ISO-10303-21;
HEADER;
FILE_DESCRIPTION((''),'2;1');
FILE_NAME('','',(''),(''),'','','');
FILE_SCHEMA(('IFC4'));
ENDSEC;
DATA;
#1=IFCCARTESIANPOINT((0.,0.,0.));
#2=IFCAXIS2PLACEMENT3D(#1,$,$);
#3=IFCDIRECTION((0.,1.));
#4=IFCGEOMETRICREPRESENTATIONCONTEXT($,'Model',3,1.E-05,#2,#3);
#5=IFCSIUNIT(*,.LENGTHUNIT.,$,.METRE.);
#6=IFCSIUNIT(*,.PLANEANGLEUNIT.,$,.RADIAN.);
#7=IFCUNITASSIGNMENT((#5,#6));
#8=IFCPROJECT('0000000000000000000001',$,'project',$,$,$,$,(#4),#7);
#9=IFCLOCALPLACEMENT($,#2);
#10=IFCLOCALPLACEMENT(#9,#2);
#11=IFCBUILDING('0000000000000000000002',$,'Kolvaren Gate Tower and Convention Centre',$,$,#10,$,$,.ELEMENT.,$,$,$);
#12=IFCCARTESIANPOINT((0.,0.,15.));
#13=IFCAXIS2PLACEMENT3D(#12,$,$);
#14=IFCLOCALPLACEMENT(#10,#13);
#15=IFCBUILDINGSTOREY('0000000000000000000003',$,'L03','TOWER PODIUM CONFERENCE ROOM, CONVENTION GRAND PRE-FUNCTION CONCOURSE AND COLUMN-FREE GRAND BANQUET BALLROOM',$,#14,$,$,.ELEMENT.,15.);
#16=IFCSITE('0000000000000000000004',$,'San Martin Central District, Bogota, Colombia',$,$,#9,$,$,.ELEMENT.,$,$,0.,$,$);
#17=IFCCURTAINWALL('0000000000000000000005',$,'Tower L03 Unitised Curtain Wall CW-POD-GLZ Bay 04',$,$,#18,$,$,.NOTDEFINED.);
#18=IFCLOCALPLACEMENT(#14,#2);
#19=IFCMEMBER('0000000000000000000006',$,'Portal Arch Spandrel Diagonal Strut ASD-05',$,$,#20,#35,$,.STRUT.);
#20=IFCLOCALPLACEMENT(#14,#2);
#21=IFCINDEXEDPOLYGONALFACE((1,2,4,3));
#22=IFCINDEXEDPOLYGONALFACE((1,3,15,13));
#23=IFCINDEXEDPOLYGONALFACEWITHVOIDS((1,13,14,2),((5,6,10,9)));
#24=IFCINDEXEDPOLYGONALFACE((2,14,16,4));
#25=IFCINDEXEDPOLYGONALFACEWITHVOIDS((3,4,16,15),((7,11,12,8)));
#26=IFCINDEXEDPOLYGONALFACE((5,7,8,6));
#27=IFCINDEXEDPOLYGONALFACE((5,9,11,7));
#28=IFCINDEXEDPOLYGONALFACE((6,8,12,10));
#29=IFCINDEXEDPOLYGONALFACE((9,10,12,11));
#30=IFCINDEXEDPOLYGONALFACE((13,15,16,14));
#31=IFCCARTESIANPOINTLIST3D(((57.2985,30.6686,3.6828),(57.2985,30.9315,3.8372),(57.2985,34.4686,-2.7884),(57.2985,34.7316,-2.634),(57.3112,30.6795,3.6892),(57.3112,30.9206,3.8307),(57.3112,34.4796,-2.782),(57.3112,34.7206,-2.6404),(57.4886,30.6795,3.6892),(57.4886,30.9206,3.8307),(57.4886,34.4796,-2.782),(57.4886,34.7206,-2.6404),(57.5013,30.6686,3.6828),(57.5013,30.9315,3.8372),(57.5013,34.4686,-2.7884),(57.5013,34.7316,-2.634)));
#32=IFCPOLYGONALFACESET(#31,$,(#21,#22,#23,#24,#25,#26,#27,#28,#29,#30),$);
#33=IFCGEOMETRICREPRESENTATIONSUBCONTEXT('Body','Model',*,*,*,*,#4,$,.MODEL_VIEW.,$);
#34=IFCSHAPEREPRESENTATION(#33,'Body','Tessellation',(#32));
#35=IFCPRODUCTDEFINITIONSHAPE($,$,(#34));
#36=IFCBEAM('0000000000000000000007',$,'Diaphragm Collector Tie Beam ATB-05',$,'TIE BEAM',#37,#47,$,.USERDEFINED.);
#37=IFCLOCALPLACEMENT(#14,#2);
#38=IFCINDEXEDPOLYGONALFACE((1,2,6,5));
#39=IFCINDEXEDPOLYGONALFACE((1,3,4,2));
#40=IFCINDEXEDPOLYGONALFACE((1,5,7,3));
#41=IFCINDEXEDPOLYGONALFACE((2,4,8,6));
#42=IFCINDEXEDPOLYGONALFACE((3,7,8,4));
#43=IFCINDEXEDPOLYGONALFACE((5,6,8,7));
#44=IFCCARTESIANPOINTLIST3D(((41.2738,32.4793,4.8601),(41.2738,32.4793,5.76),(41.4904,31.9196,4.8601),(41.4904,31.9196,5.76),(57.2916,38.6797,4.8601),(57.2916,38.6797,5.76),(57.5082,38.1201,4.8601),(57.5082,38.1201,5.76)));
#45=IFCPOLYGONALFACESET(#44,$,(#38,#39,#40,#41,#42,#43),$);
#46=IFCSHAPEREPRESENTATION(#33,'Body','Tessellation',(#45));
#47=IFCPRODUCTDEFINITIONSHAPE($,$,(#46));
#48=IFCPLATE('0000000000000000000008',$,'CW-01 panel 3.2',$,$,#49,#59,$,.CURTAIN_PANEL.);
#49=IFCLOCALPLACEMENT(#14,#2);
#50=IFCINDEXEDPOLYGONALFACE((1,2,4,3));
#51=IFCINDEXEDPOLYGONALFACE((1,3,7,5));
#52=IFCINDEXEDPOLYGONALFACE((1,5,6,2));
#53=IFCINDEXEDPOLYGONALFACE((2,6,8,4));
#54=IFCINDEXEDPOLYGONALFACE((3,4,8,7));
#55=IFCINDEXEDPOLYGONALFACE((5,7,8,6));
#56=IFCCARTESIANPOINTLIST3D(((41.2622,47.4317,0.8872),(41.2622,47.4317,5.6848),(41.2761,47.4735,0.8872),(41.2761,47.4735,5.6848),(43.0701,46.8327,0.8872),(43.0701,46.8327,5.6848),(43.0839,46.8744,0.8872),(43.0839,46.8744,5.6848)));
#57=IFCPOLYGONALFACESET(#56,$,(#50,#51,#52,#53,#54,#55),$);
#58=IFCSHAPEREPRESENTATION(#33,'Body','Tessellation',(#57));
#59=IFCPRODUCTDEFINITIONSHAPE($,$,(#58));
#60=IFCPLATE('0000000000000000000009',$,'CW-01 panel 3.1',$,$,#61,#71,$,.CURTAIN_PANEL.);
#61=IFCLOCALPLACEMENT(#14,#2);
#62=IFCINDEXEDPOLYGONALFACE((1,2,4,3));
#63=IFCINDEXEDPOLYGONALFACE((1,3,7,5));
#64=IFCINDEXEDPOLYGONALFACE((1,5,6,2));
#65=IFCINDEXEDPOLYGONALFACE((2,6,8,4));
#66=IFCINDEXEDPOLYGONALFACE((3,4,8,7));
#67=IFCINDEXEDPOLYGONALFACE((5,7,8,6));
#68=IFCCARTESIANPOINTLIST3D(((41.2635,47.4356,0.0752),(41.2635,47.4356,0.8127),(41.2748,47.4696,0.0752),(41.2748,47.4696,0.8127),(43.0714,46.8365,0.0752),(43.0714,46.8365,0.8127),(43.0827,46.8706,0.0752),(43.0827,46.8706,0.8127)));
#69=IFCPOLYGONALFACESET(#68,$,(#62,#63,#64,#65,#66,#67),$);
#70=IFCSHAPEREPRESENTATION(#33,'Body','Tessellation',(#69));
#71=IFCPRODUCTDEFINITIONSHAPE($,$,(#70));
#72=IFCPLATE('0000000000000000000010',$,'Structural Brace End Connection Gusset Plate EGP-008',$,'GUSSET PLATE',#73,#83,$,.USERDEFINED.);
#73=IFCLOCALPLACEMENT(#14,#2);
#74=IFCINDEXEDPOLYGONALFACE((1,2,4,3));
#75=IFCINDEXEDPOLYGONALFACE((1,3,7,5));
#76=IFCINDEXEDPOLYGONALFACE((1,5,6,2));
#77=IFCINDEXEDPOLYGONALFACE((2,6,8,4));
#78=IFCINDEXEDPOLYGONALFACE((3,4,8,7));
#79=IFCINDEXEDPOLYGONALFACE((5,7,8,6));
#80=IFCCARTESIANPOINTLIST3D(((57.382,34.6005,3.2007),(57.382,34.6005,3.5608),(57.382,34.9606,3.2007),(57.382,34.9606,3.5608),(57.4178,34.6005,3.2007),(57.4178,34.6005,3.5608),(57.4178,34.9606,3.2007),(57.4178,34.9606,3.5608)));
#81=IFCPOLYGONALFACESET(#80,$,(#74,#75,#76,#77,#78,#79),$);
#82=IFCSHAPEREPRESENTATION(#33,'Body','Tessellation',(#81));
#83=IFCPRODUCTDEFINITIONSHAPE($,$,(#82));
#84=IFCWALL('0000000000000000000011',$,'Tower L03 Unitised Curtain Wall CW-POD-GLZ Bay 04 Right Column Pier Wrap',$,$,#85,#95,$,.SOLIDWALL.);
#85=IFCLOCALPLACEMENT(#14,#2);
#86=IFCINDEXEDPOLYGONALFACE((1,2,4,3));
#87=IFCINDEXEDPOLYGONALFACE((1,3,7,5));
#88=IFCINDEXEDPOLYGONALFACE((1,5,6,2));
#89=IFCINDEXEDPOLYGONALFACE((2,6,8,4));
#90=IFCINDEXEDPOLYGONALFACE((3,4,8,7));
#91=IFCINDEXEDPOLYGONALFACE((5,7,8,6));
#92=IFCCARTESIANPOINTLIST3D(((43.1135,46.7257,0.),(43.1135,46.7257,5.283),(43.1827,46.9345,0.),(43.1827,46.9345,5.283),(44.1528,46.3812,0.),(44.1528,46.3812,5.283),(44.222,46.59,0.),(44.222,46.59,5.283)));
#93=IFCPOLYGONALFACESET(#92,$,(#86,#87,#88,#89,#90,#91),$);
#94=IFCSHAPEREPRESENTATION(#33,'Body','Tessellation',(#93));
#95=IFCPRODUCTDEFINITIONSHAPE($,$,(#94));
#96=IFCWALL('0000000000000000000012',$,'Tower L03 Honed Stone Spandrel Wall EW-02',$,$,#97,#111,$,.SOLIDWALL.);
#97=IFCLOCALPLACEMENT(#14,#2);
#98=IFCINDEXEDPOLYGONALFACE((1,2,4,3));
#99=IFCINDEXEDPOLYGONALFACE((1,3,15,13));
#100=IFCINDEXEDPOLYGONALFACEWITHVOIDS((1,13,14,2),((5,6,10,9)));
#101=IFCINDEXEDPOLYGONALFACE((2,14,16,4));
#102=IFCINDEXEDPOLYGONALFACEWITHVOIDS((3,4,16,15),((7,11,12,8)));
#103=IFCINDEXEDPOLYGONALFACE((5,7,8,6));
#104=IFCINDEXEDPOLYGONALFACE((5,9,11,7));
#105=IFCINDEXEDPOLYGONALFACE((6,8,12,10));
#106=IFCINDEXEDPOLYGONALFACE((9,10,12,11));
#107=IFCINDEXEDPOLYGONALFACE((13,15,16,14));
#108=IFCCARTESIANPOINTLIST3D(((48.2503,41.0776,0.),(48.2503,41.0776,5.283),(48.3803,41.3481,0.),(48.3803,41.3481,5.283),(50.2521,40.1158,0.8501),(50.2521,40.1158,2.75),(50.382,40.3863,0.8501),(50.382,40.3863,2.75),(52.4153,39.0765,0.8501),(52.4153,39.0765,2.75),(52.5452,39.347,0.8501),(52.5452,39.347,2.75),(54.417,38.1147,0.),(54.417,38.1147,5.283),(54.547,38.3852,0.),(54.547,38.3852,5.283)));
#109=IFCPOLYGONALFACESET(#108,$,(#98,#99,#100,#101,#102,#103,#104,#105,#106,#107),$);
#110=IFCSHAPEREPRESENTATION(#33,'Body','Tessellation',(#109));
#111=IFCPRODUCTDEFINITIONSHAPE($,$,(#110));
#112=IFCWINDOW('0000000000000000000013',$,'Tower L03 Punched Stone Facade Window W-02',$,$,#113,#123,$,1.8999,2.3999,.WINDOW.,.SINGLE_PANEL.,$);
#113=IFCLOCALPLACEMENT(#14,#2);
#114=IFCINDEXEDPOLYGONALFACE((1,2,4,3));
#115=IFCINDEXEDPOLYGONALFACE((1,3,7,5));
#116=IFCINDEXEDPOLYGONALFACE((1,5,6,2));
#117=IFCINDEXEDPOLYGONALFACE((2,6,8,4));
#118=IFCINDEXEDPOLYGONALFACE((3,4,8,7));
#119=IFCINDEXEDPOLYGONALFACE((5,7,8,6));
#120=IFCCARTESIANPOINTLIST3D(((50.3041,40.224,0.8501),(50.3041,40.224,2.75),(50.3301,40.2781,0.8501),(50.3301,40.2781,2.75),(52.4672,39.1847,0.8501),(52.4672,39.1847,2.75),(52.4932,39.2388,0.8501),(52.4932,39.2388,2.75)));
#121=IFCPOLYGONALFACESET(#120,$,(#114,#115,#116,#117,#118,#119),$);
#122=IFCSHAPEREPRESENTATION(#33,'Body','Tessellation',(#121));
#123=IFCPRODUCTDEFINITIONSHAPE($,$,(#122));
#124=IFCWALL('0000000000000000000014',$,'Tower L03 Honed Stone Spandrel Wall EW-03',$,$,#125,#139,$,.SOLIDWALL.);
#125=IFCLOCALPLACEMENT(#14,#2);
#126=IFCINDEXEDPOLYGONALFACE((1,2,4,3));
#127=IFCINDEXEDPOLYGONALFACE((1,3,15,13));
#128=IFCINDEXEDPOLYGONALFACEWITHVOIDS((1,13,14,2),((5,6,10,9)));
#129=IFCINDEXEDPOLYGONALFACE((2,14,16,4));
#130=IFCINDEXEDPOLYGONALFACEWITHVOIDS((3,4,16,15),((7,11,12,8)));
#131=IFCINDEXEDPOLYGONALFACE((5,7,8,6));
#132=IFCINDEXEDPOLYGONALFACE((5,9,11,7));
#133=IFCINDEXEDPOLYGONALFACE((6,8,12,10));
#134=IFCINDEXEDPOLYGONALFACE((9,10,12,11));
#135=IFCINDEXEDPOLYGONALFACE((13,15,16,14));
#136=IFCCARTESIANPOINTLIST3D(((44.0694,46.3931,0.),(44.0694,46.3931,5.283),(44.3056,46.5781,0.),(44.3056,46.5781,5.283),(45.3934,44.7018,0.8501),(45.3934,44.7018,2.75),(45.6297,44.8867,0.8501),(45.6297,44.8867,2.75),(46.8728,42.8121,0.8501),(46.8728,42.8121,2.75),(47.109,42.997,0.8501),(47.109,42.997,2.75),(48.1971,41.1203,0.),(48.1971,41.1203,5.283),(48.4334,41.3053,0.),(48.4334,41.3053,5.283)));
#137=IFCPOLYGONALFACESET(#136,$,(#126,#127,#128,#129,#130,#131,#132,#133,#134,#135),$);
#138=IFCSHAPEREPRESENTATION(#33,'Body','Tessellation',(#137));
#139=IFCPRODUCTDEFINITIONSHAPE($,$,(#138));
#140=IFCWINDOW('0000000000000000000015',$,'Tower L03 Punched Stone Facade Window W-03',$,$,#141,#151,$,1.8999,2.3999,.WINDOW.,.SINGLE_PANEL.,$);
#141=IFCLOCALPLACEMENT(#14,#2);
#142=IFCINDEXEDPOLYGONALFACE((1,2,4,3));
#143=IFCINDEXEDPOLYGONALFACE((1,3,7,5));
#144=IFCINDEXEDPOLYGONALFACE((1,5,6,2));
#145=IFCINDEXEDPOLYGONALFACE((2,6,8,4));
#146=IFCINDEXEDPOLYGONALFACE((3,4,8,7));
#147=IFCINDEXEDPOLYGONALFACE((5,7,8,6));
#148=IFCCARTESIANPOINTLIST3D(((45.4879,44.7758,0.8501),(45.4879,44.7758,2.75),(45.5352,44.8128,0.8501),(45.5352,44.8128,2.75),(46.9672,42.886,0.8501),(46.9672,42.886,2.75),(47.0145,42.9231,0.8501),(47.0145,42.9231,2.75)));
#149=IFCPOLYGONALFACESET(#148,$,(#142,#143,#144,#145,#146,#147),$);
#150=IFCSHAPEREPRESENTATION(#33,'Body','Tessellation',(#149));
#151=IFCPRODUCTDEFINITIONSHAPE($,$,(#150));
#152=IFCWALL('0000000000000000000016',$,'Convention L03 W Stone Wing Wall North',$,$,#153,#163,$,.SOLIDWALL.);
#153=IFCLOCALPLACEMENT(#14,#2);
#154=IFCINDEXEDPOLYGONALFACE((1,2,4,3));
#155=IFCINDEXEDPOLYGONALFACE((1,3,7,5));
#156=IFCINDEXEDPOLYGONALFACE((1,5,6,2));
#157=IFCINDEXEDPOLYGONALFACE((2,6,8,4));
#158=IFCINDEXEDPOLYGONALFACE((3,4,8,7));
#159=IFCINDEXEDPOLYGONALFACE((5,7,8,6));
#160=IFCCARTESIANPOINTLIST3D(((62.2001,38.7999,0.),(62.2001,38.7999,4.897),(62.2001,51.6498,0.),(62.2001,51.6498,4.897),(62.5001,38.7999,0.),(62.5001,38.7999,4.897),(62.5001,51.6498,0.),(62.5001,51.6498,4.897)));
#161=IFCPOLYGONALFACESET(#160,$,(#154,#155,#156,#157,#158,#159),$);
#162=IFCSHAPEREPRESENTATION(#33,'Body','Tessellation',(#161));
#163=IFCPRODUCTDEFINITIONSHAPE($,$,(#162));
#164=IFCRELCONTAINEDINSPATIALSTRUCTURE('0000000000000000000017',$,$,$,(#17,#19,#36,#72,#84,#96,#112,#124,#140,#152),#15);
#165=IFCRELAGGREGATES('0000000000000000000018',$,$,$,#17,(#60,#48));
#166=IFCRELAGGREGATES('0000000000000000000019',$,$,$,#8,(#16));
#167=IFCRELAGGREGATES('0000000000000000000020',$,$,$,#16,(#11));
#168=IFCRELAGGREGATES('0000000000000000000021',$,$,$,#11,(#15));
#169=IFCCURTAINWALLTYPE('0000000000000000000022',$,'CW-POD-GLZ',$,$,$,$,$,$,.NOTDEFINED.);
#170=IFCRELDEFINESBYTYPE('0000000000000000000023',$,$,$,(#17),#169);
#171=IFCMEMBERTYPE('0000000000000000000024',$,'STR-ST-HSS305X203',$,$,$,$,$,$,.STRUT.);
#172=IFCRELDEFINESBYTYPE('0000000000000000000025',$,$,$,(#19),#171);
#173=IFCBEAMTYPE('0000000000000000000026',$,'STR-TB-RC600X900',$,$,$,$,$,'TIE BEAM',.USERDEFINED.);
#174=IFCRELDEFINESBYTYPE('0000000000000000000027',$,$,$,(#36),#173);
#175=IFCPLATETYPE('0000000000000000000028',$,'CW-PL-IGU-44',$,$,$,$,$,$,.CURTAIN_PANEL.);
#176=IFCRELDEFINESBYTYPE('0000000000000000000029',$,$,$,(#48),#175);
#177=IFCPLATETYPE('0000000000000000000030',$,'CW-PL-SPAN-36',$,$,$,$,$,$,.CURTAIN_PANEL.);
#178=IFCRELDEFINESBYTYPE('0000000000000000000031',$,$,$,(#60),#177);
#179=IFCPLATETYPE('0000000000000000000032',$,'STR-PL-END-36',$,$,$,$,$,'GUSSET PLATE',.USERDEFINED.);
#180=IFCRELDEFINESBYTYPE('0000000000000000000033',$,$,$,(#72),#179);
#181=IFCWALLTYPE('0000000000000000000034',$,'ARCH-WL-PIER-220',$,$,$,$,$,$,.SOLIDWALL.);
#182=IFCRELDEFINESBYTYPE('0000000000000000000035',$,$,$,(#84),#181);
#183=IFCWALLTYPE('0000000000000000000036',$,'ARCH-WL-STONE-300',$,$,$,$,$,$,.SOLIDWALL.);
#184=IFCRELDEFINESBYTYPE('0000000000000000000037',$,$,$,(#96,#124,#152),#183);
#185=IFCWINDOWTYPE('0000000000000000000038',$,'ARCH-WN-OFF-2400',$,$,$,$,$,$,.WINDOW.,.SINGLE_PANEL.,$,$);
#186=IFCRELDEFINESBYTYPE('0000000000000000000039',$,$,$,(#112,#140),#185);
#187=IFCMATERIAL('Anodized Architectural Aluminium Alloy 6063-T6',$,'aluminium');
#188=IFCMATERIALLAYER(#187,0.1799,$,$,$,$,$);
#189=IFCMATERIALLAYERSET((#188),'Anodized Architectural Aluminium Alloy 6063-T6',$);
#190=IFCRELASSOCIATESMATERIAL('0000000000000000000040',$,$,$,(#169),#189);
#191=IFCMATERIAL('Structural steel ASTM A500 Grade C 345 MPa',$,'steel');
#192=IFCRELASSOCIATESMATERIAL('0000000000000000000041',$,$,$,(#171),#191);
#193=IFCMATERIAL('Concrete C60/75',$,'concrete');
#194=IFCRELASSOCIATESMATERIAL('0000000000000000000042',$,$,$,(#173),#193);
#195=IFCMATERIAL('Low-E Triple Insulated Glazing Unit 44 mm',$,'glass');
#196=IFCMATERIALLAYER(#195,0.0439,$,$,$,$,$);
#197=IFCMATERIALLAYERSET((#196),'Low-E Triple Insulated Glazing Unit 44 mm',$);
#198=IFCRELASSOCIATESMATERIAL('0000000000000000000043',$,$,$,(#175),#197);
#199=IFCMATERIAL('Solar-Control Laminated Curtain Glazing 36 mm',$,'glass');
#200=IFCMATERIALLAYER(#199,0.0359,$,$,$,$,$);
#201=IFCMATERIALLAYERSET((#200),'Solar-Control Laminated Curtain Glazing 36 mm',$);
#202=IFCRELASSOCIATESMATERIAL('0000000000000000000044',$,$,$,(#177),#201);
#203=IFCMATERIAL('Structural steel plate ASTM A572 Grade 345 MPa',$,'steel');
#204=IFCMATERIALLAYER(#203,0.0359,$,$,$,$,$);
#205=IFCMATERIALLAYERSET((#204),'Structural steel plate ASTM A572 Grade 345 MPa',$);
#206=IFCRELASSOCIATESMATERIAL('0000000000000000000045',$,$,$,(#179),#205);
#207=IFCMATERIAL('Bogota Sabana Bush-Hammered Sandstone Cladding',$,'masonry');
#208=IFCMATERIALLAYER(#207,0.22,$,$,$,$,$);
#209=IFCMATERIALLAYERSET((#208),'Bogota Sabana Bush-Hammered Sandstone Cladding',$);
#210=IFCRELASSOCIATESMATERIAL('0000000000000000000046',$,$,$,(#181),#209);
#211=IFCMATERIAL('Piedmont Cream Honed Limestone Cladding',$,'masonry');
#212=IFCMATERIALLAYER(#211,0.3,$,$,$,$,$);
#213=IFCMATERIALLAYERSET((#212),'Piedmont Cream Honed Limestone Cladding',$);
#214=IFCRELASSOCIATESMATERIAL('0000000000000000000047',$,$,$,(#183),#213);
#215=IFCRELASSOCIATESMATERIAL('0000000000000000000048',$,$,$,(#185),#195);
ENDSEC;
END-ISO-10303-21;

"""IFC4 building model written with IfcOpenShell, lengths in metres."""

from ifc_helpers import new_model, si_unit, direction, frame, frame_2d, origin, origin_2d, place, context, subcontext, project, spatial, rectangle, hollow_rectangle, extrude, material, layer, layer_set, material_profile, profile_set, type_object, element, fill, aggregate, save


model = new_model("IFC4")

# Units and contexts
model_context = context("Model", 3, precision=1e-05, world=origin(), true_north=direction((0.0, 1.0)))
body_context = subcontext(model_context, "Body", "Model", "MODEL_VIEW")
ifc_project = project(units=[si_unit("LENGTHUNIT", "METRE"), si_unit("PLANEANGLEUNIT", "RADIAN")], contexts=[model_context])

# Site, building, storey
site_placement = place(None, origin())
site = spatial("IfcSite", under=ifc_project, at=site_placement, Name="San Martin Central District, Bogota, Colombia", CompositionType="ELEMENT", RefElevation=0.0)
building_placement = place(site_placement, origin())
building = spatial("IfcBuilding", under=site, at=building_placement, Name="Kolvaren Gate Tower and Convention Centre", CompositionType="ELEMENT")
storey_placement = place(building_placement, frame((0.0, 0.0, 15.0)))
storey = spatial("IfcBuildingStorey", under=building, at=storey_placement, Name="L03", Description="TOWER PODIUM CONFERENCE ROOM, CONVENTION GRAND PRE-FUNCTION CONCOURSE AND COLUMN-FREE GRAND BANQUET BALLROOM", CompositionType="ELEMENT", Elevation=15.0)

# Shared definitions
ifc_material_1 = material(Name="Concrete C60/75", Category="concrete")

# Curtain wall
ifc_material_2 = material(Name="Anodized Architectural Aluminium Alloy 6063-T6", Category="aluminium")
ifc_layer_1 = layer(ifc_material_2, 0.1799)
ifc_layer_set_1 = layer_set([ifc_layer_1], Name="Anodized Architectural Aluminium Alloy 6063-T6")
curtain_wall_type = type_object("IfcCurtainWallType", Name="CW-POD-GLZ", PredefinedType="NOTDEFINED", material=ifc_layer_set_1)
curtain_wall_placement = place(storey_placement, origin())
curtain_wall = element("IfcCurtainWall", 1, at=curtain_wall_placement, inside=storey, type_object=curtain_wall_type, Name="Tower L03 Unitised Curtain Wall CW-POD-GLZ Bay 04", PredefinedType="NOTDEFINED")

# Member
ifc_material_3 = material(Name="Structural steel ASTM A500 Grade C 345 MPa", Category="steel")
ifc_material_profile_1 = material_profile(ifc_material_3, hollow_rectangle(XDim=0.2029, YDim=0.3049, WallThickness=0.0127, at=origin_2d()), Name="HSS305X203X12.7")
ifc_profile_set_1 = profile_set([ifc_material_profile_1], Name="Structural steel ASTM A500 Grade C 345 MPa")
member_type_1 = type_object("IfcMemberType", Name="STR-ST-HSS305X203", PredefinedType="STRUT", material=ifc_profile_set_1)
member_1_placement = place(storey_placement, frame((57.3999, 34.6001, -2.7112), z_axis=(0.0, -0.506373, 0.862314), x_axis=(1.0, 0.0, 0.0)))
element("IfcMember", 2, at=member_1_placement, inside=storey, type_object=member_type_1, Name="Portal Arch Spandrel Diagonal Strut ASD-05", PredefinedType="STRUT", context=body_context, shape_type="SweptSolid", body=[
    extrude(hollow_rectangle(XDim=0.2029, YDim=0.3049, WallThickness=0.0127, at=origin_2d()), origin(), (0.0, 0.0, 1.0), 7.5044),
])

# Beam
ifc_material_profile_2 = material_profile(ifc_material_1, rectangle(XDim=0.6001, YDim=0.8999, at=origin_2d()), Name="RC-BM-600X900")
ifc_profile_set_2 = profile_set([ifc_material_profile_2], Name="Concrete C60/75")
beam_type_1 = type_object("IfcBeamType", Name="STR-TB-RC600X900", ElementType="TIE BEAM", PredefinedType="USERDEFINED", material=ifc_profile_set_2)
beam_1_placement = place(storey_placement, frame((57.3999, 38.3999, 5.3101), z_axis=(-0.932568, -0.360994, 0.0), x_axis=(0.360994, -0.932568, 0.0)))
element("IfcBeam", 3, at=beam_1_placement, inside=storey, type_object=beam_type_1, Name="Diaphragm Collector Tie Beam ATB-05", ObjectType="TIE BEAM", PredefinedType="USERDEFINED", context=body_context, shape_type="SweptSolid", body=[
    extrude(rectangle(XDim=0.6001, YDim=0.8999, at=origin_2d()), origin(), (0.0, 0.0, 1.0), 17.176),
])

# Plates
ifc_material_4 = material(Name="Low-E Triple Insulated Glazing Unit 44 mm", Category="glass")
ifc_layer_2 = layer(ifc_material_4, 0.0439)
ifc_layer_set_2 = layer_set([ifc_layer_2], Name="Low-E Triple Insulated Glazing Unit 44 mm")
plate_type_1 = type_object("IfcPlateType", Name="CW-PL-IGU-44", PredefinedType="CURTAIN_PANEL", material=ifc_layer_set_2)
plate_1_placement = place(storey_placement, frame((42.1731, 47.1531, 0.8872), z_axis=(0.0, 0.0, 1.0), x_axis=(0.949244, -0.314542, 0.0)))
plate_1 = element("IfcPlate", 4, at=plate_1_placement, type_object=plate_type_1, Name="CW-01 panel 3.2", PredefinedType="CURTAIN_PANEL", context=body_context, shape_type="SweptSolid", body=[
    extrude(rectangle(XDim=1.9045, YDim=0.0439, at=origin_2d()), origin(), (0.0, 0.0, 1.0), 4.7976),
])
ifc_material_5 = material(Name="Solar-Control Laminated Curtain Glazing 36 mm", Category="glass")
ifc_layer_3 = layer(ifc_material_5, 0.0359)
ifc_layer_set_3 = layer_set([ifc_layer_3], Name="Solar-Control Laminated Curtain Glazing 36 mm")
plate_type_2 = type_object("IfcPlateType", Name="CW-PL-SPAN-36", PredefinedType="CURTAIN_PANEL", material=ifc_layer_set_3)
plate_2_placement = place(storey_placement, frame((42.1731, 47.1531, 0.0752), z_axis=(0.0, 0.0, 1.0), x_axis=(0.949244, -0.314542, 0.0)))
plate_2 = element("IfcPlate", 5, at=plate_2_placement, type_object=plate_type_2, Name="CW-01 panel 3.1", PredefinedType="CURTAIN_PANEL", context=body_context, shape_type="SweptSolid", body=[
    extrude(rectangle(XDim=1.9045, YDim=0.0359, at=origin_2d()), origin(), (0.0, 0.0, 1.0), 0.7375),
])
aggregate(curtain_wall, [plate_2, plate_1])
ifc_material_6 = material(Name="Structural steel plate ASTM A572 Grade 345 MPa", Category="steel")
ifc_layer_4 = layer(ifc_material_6, 0.0359)
ifc_layer_set_4 = layer_set([ifc_layer_4], Name="Structural steel plate ASTM A572 Grade 345 MPa")
plate_type_3 = type_object("IfcPlateType", Name="STR-PL-END-36", ElementType="GUSSET PLATE", PredefinedType="USERDEFINED", material=ifc_layer_set_4)
plate_3_placement = place(storey_placement, frame((57.3999, 34.7805, 3.2007), z_axis=(0.0, 0.0, 1.0), x_axis=(0.0, -1.0, 0.0)))
element("IfcPlate", 6, at=plate_3_placement, inside=storey, type_object=plate_type_3, Name="Structural Brace End Connection Gusset Plate EGP-008", ObjectType="GUSSET PLATE", PredefinedType="USERDEFINED", context=body_context, shape_type="SweptSolid", body=[
    extrude(rectangle(XDim=0.3601, YDim=0.0359, at=origin_2d()), origin(), (0.0, 0.0, 1.0), 0.3601),
])

# Wall
ifc_material_7 = material(Name="Bogota Sabana Bush-Hammered Sandstone Cladding", Category="masonry")
ifc_layer_5 = layer(ifc_material_7, 0.22)
ifc_layer_set_5 = layer_set([ifc_layer_5], Name="Bogota Sabana Bush-Hammered Sandstone Cladding")
wall_type_1 = type_object("IfcWallType", Name="ARCH-WL-PIER-220", PredefinedType="SOLIDWALL", material=ifc_layer_set_5)
wall_1_placement = place(storey_placement, frame((43.1482, 46.8301, 0.0), z_axis=(0.0, 0.0, 1.0), x_axis=(0.949217, -0.314622, 0.0)))
element("IfcWall", 7, at=wall_1_placement, inside=storey, type_object=wall_type_1, Name="Tower L03 Unitised Curtain Wall CW-POD-GLZ Bay 04 Right Column Pier Wrap", PredefinedType="SOLIDWALL", context=body_context, shape_type="SweptSolid", body=[
    extrude(rectangle(XDim=1.095, YDim=0.22, at=frame_2d((0.5474, 0.0))), origin(), (0.0, 0.0, 1.0), 5.283),
])

# Walls, openings, windows
ifc_material_8 = material(Name="Piedmont Cream Honed Limestone Cladding", Category="masonry")
ifc_layer_6 = layer(ifc_material_8, 0.3)
ifc_layer_set_6 = layer_set([ifc_layer_6], Name="Piedmont Cream Honed Limestone Cladding")
wall_type_2 = type_object("IfcWallType", Name="ARCH-WL-STONE-300", PredefinedType="SOLIDWALL", material=ifc_layer_set_6)
wall_2_placement = place(storey_placement, frame((48.3152, 41.2129, 0.0), z_axis=(0.0, 0.0, 1.0), x_axis=(0.90136, -0.43307, 0.0)))
wall_2 = element("IfcWall", 8, at=wall_2_placement, inside=storey, type_object=wall_type_2, Name="Tower L03 Honed Stone Spandrel Wall EW-02", PredefinedType="SOLIDWALL", context=body_context, shape_type="SweptSolid", body=[
    extrude(rectangle(XDim=6.8416, YDim=0.3, at=frame_2d((3.4209, 0.0))), origin(), (0.0, 0.0, 1.0), 5.283),
])
opening_1_placement = place(wall_2_placement, frame((2.2209, 0.0, 0.8501)))
opening_1 = element("IfcOpeningElement", 9, at=opening_1_placement, cuts=wall_2, PredefinedType="OPENING", context=body_context, shape_type="SweptSolid", body=[
    extrude(rectangle(XDim=2.3999, YDim=1.8999, at=frame_2d((1.2, 0.95))), frame((0.0, 0.1599, 0.0), z_axis=(0.0, -1.0, 0.0), x_axis=(1.0, 0.0, 0.0)), (0.0, 0.0, 1.0), 0.3201),
])
window_type = type_object("IfcWindowType", Name="ARCH-WN-OFF-2400", PartitioningType="SINGLE_PANEL", PredefinedType="WINDOW", material=ifc_material_4)
window_1_placement = place(opening_1_placement, origin())
window_1 = element("IfcWindow", 10, at=window_1_placement, inside=storey, type_object=window_type, Name="Tower L03 Punched Stone Facade Window W-02", OverallHeight=1.8999, OverallWidth=2.3999, PartitioningType="SINGLE_PANEL", PredefinedType="WINDOW", context=body_context, shape_type="SweptSolid", body=[
    extrude(rectangle(XDim=2.3999, YDim=1.8999, at=frame_2d((1.2, 0.95))), frame((0.0, 0.03, 0.0), z_axis=(0.0, -1.0, 0.0), x_axis=(1.0, 0.0, 0.0)), (0.0, 0.0, 1.0), 0.0601),
])
fill(opening_1, window_1)
wall_3_placement = place(storey_placement, frame((44.1875, 46.4856, 0.0), z_axis=(0.0, 0.0, 1.0), x_axis=(0.616421, -0.787417, 0.0)))
wall_3 = element("IfcWall", 11, at=wall_3_placement, inside=storey, type_object=wall_type_2, Name="Tower L03 Honed Stone Spandrel Wall EW-03", PredefinedType="SOLIDWALL", context=body_context, shape_type="SweptSolid", body=[
    extrude(rectangle(XDim=6.6963, YDim=0.3, at=frame_2d((3.3481, 0.0))), origin(), (0.0, 0.0, 1.0), 5.283),
])
opening_2_placement = place(wall_3_placement, frame((2.1479, 0.0, 0.8501)))
opening_2 = element("IfcOpeningElement", 12, at=opening_2_placement, cuts=wall_3, PredefinedType="OPENING", context=body_context, shape_type="SweptSolid", body=[
    extrude(rectangle(XDim=2.3999, YDim=1.8999, at=frame_2d((1.2, 0.95))), frame((0.0, 0.1599, 0.0), z_axis=(0.0, -1.0, 0.0), x_axis=(1.0, 0.0, 0.0)), (0.0, 0.0, 1.0), 0.3201),
])
window_2_placement = place(opening_2_placement, origin())
window_2 = element("IfcWindow", 13, at=window_2_placement, inside=storey, type_object=window_type, Name="Tower L03 Punched Stone Facade Window W-03", OverallHeight=1.8999, OverallWidth=2.3999, PartitioningType="SINGLE_PANEL", PredefinedType="WINDOW", context=body_context, shape_type="SweptSolid", body=[
    extrude(rectangle(XDim=2.3999, YDim=1.8999, at=frame_2d((1.2, 0.95))), frame((0.0, 0.03, 0.0), z_axis=(0.0, -1.0, 0.0), x_axis=(1.0, 0.0, 0.0)), (0.0, 0.0, 1.0), 0.0601),
])
fill(opening_2, window_2)

# Wall
wall_4_placement = place(storey_placement, frame((62.3501, 38.8, 0.0), z_axis=(0.0, 0.0, 1.0), x_axis=(0.0, 1.0, 0.0)))
element("IfcWall", 14, at=wall_4_placement, inside=storey, type_object=wall_type_2, Name="Convention L03 W Stone Wing Wall North", PredefinedType="SOLIDWALL", context=body_context, shape_type="SweptSolid", body=[
    extrude(rectangle(XDim=12.8499, YDim=0.3, at=frame_2d((6.4248, 0.0))), origin(), (0.0, 0.0, 1.0), 4.897),
])

save(model, "model.ifc")
